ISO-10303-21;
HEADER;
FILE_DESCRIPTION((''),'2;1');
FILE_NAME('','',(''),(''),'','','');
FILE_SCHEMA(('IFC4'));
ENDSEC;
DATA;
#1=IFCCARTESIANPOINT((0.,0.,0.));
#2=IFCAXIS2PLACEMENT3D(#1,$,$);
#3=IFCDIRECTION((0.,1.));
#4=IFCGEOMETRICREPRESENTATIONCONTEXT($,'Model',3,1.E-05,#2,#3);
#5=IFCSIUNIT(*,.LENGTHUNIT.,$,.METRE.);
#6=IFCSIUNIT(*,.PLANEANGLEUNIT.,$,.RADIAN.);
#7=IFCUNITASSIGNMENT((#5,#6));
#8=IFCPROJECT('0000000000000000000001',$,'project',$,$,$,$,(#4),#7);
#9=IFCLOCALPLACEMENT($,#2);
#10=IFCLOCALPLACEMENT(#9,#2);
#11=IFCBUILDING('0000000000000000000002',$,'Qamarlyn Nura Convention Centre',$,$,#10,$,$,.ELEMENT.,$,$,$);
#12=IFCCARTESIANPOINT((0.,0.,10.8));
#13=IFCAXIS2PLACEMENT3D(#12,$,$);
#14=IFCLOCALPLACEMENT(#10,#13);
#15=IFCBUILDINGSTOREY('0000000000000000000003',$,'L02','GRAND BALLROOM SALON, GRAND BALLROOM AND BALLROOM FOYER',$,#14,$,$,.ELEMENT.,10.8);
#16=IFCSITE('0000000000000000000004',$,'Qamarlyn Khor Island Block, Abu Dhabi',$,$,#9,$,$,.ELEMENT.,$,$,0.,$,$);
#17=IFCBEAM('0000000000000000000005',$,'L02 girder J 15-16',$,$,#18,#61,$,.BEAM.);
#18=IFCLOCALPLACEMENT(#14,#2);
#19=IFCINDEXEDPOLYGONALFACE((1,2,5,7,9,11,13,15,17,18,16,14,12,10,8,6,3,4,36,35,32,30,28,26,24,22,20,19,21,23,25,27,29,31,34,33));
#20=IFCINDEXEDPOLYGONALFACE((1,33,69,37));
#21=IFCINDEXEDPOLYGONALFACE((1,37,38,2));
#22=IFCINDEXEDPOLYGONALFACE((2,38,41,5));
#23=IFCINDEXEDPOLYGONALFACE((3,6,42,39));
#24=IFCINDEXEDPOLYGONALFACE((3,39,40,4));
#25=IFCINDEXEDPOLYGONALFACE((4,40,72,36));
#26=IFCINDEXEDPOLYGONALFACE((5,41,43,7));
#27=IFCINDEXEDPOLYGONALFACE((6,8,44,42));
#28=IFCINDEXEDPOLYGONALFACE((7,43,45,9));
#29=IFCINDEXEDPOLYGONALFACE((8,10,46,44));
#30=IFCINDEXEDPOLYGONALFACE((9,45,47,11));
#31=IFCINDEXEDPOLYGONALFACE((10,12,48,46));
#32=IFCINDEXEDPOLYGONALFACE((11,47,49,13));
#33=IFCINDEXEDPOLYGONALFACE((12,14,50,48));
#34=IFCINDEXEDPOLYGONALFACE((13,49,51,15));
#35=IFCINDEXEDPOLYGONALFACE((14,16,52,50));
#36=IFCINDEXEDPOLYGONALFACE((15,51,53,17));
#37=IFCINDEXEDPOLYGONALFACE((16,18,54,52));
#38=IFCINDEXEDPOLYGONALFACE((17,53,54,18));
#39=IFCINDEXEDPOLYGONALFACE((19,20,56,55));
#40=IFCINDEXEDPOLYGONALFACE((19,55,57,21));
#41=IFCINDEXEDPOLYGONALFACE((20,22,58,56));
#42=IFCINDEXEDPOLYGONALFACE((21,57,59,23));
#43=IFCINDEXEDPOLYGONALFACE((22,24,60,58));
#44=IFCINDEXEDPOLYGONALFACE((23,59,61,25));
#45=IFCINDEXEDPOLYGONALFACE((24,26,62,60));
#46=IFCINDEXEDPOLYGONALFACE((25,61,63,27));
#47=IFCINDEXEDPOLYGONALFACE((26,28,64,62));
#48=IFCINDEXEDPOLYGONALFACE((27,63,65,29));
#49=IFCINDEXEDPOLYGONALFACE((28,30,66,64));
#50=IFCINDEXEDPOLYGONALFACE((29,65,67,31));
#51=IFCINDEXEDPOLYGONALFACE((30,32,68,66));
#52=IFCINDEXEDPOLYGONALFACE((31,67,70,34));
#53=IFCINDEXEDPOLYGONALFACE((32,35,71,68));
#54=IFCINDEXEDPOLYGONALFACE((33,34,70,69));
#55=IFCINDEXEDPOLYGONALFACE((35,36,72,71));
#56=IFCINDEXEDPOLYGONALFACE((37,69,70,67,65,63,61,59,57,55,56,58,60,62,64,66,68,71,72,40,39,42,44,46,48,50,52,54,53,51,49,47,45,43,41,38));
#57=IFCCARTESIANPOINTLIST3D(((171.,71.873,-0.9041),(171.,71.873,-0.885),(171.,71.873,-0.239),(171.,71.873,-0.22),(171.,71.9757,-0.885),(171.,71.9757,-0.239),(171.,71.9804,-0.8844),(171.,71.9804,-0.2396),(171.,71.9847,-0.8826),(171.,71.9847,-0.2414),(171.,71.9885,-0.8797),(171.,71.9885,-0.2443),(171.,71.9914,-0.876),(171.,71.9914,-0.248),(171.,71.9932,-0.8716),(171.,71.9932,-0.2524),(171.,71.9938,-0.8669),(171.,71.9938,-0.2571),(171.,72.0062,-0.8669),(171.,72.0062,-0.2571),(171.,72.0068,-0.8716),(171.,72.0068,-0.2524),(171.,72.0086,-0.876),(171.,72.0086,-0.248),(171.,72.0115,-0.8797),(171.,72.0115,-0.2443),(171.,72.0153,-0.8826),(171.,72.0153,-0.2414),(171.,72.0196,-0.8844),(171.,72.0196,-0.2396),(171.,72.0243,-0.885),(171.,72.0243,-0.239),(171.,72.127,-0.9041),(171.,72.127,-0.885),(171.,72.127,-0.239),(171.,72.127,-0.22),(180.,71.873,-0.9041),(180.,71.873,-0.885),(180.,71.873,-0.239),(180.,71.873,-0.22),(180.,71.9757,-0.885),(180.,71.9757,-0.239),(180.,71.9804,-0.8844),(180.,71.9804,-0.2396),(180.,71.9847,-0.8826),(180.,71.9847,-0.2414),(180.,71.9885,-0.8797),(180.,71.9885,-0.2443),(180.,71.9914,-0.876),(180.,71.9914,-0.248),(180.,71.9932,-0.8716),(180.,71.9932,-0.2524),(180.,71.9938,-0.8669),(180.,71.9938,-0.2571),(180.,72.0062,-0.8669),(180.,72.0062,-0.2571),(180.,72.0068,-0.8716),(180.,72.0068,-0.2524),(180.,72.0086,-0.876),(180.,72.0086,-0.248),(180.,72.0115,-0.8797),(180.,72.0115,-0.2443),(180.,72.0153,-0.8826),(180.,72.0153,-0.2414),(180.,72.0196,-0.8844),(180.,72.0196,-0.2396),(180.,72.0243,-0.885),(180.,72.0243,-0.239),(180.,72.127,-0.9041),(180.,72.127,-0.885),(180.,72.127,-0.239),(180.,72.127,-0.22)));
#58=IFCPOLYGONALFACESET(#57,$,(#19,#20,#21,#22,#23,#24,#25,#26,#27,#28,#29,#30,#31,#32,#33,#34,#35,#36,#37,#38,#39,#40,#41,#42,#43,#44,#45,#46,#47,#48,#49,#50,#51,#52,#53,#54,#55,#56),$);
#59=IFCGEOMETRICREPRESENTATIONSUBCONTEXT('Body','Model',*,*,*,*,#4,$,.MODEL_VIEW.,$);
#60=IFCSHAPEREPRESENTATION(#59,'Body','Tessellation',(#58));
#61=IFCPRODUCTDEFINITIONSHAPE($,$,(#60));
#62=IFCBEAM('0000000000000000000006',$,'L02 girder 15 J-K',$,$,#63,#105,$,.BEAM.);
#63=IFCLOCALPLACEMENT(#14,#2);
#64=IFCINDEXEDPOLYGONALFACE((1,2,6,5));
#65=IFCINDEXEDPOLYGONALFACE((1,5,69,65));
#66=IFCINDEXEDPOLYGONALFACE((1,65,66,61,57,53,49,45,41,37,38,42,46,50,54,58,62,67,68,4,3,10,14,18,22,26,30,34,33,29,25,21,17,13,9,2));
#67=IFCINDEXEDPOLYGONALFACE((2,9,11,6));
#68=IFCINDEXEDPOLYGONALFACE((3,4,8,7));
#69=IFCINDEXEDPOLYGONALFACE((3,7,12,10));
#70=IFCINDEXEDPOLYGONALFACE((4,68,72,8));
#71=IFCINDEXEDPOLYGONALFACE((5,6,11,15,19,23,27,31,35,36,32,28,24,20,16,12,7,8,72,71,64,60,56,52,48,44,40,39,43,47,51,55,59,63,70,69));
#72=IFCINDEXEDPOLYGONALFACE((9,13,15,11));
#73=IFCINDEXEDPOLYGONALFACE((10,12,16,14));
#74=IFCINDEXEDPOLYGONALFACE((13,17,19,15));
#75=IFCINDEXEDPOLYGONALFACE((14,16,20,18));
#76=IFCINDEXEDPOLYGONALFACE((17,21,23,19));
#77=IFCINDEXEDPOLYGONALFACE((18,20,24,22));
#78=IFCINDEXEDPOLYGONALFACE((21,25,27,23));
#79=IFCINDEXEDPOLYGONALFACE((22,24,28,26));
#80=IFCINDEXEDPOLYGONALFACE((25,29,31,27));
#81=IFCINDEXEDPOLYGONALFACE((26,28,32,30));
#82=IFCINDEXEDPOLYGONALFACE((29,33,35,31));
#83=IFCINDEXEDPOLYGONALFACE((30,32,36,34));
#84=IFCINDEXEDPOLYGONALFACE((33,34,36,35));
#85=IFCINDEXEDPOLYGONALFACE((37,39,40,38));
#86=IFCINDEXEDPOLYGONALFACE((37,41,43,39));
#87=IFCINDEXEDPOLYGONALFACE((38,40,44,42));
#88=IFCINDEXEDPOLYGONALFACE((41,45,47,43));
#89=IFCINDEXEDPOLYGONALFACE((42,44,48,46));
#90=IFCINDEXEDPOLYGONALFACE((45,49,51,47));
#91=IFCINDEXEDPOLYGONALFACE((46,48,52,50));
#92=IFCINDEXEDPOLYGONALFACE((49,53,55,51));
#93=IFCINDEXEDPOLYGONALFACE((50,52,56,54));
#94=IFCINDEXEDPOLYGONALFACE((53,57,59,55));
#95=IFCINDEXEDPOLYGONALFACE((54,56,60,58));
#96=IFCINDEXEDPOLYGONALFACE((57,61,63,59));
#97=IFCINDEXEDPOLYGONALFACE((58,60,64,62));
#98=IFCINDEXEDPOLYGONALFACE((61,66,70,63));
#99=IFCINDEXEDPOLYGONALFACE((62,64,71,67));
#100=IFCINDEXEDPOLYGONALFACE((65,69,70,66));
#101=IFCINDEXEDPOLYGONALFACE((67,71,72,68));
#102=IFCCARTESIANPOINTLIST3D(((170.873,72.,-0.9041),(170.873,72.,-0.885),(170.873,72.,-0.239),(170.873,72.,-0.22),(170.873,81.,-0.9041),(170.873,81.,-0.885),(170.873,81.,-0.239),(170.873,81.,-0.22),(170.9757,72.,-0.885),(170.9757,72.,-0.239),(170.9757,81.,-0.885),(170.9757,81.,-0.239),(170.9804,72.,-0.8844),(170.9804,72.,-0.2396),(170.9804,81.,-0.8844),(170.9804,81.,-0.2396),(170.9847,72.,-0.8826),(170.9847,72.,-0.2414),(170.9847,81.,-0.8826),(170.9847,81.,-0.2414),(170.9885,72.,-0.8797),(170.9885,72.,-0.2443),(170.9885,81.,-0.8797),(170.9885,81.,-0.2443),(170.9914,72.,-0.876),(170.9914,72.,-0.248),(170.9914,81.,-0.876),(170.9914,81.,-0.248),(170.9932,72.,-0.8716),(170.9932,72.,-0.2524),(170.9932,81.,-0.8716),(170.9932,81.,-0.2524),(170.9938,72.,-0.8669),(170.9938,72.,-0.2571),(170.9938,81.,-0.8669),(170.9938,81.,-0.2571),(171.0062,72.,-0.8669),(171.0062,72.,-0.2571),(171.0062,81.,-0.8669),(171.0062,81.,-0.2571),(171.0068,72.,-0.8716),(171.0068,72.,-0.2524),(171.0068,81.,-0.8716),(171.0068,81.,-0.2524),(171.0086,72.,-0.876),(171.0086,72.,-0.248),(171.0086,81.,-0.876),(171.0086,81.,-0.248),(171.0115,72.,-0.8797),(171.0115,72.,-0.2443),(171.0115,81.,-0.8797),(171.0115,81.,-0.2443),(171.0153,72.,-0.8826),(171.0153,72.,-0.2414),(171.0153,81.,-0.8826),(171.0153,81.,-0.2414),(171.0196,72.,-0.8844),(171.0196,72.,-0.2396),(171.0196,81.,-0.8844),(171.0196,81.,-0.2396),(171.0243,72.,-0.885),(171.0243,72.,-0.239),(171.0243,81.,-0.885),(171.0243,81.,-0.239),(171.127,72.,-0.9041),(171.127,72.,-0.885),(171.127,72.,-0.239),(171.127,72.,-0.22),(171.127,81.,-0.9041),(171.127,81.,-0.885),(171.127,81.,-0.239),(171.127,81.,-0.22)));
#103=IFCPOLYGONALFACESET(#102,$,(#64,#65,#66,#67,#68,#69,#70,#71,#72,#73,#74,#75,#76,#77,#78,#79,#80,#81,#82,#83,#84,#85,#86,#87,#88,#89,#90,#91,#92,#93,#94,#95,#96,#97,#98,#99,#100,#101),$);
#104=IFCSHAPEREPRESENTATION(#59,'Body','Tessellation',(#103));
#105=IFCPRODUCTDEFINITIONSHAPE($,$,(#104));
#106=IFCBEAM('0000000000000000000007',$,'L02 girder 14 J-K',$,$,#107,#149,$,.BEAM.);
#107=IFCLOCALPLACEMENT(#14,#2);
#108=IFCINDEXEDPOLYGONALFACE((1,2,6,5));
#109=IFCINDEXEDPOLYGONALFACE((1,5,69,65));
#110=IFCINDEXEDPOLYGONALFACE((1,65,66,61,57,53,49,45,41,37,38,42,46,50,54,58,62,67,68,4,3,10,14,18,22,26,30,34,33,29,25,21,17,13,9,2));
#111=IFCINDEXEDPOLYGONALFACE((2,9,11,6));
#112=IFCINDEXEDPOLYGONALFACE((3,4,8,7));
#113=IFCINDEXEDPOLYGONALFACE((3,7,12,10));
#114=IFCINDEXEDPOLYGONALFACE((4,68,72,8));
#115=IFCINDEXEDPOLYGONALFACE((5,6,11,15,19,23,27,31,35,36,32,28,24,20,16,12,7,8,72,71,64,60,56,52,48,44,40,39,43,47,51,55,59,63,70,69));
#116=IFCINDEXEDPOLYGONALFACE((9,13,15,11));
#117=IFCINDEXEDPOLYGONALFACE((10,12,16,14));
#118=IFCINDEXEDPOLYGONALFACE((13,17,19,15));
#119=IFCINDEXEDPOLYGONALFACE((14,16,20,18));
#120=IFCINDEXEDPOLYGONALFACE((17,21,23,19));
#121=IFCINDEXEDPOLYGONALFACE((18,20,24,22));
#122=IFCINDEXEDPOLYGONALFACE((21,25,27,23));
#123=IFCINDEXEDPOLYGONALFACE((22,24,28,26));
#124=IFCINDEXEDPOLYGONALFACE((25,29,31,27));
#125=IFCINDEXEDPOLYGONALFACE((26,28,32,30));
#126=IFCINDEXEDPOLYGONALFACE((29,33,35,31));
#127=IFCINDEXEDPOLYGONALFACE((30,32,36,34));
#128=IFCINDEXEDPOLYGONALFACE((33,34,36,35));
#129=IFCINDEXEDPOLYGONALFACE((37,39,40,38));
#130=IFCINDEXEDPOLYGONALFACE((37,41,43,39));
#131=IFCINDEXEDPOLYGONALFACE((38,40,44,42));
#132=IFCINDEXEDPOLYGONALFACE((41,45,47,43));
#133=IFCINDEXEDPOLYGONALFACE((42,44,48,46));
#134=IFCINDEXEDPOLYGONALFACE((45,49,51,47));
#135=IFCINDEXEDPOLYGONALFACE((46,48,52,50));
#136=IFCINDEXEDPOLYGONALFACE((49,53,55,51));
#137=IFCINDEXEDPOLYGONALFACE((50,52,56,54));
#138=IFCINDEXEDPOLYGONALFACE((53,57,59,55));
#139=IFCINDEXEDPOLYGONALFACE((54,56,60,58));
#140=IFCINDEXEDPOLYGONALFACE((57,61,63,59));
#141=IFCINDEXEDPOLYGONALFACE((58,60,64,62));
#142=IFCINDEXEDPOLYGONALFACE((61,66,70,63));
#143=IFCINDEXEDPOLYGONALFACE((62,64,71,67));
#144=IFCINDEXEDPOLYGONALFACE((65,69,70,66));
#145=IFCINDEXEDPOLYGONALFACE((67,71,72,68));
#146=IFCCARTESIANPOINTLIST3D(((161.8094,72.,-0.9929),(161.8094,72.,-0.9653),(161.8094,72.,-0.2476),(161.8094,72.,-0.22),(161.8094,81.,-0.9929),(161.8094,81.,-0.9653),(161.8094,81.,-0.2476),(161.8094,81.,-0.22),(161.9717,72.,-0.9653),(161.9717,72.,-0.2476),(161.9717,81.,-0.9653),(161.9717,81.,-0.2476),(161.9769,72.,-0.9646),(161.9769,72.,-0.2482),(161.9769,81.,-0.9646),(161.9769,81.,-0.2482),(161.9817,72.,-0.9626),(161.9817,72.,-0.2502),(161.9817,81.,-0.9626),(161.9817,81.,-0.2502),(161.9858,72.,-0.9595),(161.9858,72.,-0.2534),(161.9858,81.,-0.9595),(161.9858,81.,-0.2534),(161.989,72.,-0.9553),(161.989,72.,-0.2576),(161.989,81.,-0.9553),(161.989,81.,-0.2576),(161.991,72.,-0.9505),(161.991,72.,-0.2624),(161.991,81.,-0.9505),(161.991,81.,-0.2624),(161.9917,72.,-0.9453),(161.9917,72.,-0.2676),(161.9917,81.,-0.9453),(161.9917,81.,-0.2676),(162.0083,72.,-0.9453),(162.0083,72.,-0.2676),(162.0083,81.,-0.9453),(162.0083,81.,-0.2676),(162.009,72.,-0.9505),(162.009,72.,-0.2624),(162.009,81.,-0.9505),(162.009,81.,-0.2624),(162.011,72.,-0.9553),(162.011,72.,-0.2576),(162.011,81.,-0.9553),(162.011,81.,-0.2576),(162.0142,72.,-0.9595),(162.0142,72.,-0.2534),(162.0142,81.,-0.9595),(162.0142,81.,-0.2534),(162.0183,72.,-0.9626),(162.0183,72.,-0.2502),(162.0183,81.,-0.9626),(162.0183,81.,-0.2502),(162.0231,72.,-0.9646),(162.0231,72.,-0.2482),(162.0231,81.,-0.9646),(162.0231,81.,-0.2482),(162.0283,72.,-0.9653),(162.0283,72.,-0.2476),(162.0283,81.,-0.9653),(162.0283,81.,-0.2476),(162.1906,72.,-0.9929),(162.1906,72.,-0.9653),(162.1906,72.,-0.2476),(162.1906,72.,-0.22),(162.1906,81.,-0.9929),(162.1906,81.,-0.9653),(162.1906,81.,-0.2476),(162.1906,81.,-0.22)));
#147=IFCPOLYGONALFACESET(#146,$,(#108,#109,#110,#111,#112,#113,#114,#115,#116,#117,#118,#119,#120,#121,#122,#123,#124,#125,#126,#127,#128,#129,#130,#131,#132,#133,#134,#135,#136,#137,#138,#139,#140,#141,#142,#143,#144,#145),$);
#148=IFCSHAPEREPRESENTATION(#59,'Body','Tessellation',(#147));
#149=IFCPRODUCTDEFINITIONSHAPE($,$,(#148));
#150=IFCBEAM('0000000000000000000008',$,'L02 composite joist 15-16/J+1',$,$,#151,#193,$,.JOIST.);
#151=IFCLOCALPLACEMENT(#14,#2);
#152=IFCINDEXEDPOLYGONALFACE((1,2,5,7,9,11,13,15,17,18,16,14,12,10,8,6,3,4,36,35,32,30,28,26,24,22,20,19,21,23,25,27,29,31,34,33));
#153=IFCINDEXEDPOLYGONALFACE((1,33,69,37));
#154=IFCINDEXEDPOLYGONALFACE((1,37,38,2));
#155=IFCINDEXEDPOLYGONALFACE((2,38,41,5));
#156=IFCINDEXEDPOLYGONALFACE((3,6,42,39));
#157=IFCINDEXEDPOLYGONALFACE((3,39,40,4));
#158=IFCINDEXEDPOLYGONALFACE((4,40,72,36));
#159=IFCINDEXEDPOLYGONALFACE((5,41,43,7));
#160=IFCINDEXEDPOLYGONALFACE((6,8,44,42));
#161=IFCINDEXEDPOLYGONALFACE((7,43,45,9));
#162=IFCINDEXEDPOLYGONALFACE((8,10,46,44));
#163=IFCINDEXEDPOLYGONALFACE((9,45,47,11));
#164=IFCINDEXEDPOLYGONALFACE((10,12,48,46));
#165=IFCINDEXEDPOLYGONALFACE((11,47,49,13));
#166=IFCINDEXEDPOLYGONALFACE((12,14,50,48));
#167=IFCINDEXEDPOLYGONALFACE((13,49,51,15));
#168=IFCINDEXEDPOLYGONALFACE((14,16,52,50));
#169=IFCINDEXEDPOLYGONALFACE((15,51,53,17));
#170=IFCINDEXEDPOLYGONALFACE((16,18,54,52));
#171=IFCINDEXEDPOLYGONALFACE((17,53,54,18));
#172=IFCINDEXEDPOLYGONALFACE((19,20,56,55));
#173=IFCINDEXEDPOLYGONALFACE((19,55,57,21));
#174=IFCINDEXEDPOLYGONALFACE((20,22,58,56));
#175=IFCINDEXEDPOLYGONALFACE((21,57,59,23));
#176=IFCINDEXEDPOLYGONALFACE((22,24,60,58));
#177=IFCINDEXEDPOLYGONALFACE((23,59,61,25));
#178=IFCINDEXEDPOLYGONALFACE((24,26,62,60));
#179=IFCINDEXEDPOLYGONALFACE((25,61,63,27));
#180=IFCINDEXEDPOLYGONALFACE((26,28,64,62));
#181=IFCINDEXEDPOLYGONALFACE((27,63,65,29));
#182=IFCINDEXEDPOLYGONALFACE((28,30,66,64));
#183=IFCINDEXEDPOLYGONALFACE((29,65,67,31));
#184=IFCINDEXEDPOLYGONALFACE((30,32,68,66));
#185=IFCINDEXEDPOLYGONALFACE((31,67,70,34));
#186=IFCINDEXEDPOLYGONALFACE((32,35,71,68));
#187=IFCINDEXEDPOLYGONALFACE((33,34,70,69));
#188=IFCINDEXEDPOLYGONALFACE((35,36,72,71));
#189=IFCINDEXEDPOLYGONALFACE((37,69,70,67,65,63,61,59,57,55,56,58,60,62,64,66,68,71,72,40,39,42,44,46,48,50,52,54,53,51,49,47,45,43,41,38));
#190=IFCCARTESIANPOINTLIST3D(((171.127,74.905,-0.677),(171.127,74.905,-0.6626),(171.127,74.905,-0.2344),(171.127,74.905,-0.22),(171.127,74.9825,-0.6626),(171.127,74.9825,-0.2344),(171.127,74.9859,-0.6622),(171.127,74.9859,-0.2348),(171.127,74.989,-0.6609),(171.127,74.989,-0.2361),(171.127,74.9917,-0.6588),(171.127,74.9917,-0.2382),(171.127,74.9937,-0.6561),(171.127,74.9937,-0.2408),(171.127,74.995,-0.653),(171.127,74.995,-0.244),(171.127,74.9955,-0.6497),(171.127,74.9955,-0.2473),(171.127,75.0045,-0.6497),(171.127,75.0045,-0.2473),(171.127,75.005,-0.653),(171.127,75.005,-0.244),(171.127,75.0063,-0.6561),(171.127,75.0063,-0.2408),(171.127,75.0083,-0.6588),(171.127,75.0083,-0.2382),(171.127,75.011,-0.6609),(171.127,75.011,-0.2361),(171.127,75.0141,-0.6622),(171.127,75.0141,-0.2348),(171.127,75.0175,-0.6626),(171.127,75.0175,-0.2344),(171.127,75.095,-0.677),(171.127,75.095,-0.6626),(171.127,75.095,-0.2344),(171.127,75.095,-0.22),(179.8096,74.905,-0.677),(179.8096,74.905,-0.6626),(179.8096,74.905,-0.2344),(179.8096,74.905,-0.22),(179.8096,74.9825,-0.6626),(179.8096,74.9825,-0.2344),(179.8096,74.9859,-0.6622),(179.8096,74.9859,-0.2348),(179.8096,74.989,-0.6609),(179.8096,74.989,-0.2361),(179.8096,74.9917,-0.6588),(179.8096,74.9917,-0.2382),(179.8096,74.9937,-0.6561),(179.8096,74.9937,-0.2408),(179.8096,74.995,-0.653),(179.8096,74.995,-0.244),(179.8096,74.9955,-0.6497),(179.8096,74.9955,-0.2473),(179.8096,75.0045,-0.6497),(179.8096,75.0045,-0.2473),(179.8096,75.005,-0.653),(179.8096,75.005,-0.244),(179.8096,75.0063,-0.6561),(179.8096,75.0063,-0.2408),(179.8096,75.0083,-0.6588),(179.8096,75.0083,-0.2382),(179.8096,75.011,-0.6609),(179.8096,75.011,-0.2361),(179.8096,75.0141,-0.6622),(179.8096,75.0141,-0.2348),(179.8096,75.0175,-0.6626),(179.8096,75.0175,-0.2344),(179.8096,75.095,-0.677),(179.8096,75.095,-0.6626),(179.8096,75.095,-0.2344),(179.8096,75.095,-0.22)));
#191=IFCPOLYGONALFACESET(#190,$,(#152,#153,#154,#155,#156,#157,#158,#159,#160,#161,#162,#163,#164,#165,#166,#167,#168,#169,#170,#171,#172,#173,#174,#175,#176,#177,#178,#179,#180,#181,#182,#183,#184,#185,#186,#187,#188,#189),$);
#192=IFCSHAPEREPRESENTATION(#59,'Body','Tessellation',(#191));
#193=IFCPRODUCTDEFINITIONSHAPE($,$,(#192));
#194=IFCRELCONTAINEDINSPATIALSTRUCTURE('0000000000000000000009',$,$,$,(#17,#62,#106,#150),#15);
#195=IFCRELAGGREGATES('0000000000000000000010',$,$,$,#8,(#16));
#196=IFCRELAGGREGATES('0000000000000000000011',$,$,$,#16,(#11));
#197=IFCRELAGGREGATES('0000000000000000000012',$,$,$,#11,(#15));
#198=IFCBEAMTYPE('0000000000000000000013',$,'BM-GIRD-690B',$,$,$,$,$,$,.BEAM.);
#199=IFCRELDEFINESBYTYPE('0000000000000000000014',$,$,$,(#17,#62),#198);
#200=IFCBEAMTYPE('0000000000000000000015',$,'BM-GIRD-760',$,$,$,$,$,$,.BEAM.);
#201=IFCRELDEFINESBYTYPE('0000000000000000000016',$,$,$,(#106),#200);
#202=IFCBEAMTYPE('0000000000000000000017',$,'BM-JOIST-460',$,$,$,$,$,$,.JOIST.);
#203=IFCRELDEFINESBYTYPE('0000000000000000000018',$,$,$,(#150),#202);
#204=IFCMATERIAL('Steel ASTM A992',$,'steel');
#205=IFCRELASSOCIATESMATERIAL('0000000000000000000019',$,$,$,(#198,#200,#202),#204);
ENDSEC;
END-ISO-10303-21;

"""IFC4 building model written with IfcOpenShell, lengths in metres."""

from ifc_helpers import new_model, si_unit, direction, frame, origin, origin_2d, place, context, subcontext, project, spatial, i_section, extrude, material, material_profile, profile_set, type_object, element, save


model = new_model("IFC4")

# Units and contexts
model_context = context("Model", 3, precision=1e-05, world=origin(), true_north=direction((0.0, 1.0)))
body_context = subcontext(model_context, "Body", "Model", "MODEL_VIEW")
ifc_project = project(units=[si_unit("LENGTHUNIT", "METRE"), si_unit("PLANEANGLEUNIT", "RADIAN")], contexts=[model_context])

# Site, building, storey
site_placement = place(None, origin())
site = spatial("IfcSite", under=ifc_project, at=site_placement, Name="Qamarlyn Khor Island Block, Abu Dhabi", CompositionType="ELEMENT", RefElevation=0.0)
building_placement = place(site_placement, origin())
building = spatial("IfcBuilding", under=site, at=building_placement, Name="Qamarlyn Nura Convention Centre", CompositionType="ELEMENT")
storey_placement = place(building_placement, frame((0.0, 0.0, 10.8)))
storey = spatial("IfcBuildingStorey", under=building, at=storey_placement, Name="L02", Description="GRAND BALLROOM SALON, GRAND BALLROOM AND BALLROOM FOYER", CompositionType="ELEMENT", Elevation=10.8)

# Shared definitions
ifc_material_1 = material(Name="Steel ASTM A992", Category="steel")

# Beams
ifc_material_profile_1 = material_profile(ifc_material_1, i_section(OverallWidth=0.2539, OverallDepth=0.6841, WebThickness=0.0125, FlangeThickness=0.019, FilletRadius=0.0181, at=origin_2d()), Name="W690X140")
ifc_profile_set_1 = profile_set([ifc_material_profile_1], Name="Steel ASTM A992")
beam_type_1 = type_object("IfcBeamType", Name="BM-GIRD-690B", PredefinedType="BEAM", material=ifc_profile_set_1)
for number, where, z_axis, x_axis, name in (
    (1, (171.0, 72.0, -0.562), (1.0, 0.0, 0.0), (0.0, 1.0, 0.0), "L02 girder J 15-16"),
    (2, (171.0, 72.0, -0.562), (0.0, 1.0, 0.0), (-1.0, 0.0, 0.0), "L02 girder 15 J-K"),
):
    element("IfcBeam", number, at=place(storey_placement, frame(where, z_axis=z_axis, x_axis=x_axis)), inside=storey, type_object=beam_type_1, Name=name, PredefinedType="BEAM", context=body_context, shape_type="SweptSolid", body=[
        extrude(i_section(OverallWidth=0.2539, OverallDepth=0.6841, WebThickness=0.0125, FlangeThickness=0.019, FilletRadius=0.0181, at=origin_2d()), origin(), (0.0, 0.0, 1.0), 9.0),
    ])
ifc_material_profile_2 = material_profile(ifc_material_1, i_section(OverallWidth=0.3811, OverallDepth=0.7729, WebThickness=0.0166, FlangeThickness=0.0276, FilletRadius=0.02, at=origin_2d()), Name="W760X257")
ifc_profile_set_2 = profile_set([ifc_material_profile_2], Name="Steel ASTM A992")
beam_type_2 = type_object("IfcBeamType", Name="BM-GIRD-760", PredefinedType="BEAM", material=ifc_profile_set_2)
beam_1_placement = place(storey_placement, frame((162.0, 72.0, -0.6064), z_axis=(0.0, 1.0, 0.0), x_axis=(-1.0, 0.0, 0.0)))
element("IfcBeam", 3, at=beam_1_placement, inside=storey, type_object=beam_type_2, Name="L02 girder 14 J-K", PredefinedType="BEAM", context=body_context, shape_type="SweptSolid", body=[
    extrude(i_section(OverallWidth=0.3811, OverallDepth=0.7729, WebThickness=0.0166, FlangeThickness=0.0276, FilletRadius=0.02, at=origin_2d()), origin(), (0.0, 0.0, 1.0), 9.0),
])
ifc_material_profile_3 = material_profile(ifc_material_1, i_section(OverallWidth=0.1899, OverallDepth=0.457, WebThickness=0.009, FlangeThickness=0.0144, FilletRadius=0.0129, at=origin_2d()), Name="W460X74")
ifc_profile_set_3 = profile_set([ifc_material_profile_3], Name="Steel ASTM A992")
beam_type_3 = type_object("IfcBeamType", Name="BM-JOIST-460", PredefinedType="JOIST", material=ifc_profile_set_3)
for number, where, z_axis, x_axis, name in (
    (4, (171.127, 75.0, -0.4485), (1.0, 0.0, 0.0), (0.0, 1.0, 0.0), "L02 composite joist 15-16/J+1"),
):
    element("IfcBeam", number, at=place(storey_placement, frame(where, z_axis=z_axis, x_axis=x_axis)), inside=storey, type_object=beam_type_3, Name=name, PredefinedType="JOIST", context=body_context, shape_type="SweptSolid", body=[
        extrude(i_section(OverallWidth=0.1899, OverallDepth=0.457, WebThickness=0.009, FlangeThickness=0.0144, FilletRadius=0.0129, at=origin_2d()), origin(), (0.0, 0.0, 1.0), 8.6826),
    ])

save(model, "model.ifc")
